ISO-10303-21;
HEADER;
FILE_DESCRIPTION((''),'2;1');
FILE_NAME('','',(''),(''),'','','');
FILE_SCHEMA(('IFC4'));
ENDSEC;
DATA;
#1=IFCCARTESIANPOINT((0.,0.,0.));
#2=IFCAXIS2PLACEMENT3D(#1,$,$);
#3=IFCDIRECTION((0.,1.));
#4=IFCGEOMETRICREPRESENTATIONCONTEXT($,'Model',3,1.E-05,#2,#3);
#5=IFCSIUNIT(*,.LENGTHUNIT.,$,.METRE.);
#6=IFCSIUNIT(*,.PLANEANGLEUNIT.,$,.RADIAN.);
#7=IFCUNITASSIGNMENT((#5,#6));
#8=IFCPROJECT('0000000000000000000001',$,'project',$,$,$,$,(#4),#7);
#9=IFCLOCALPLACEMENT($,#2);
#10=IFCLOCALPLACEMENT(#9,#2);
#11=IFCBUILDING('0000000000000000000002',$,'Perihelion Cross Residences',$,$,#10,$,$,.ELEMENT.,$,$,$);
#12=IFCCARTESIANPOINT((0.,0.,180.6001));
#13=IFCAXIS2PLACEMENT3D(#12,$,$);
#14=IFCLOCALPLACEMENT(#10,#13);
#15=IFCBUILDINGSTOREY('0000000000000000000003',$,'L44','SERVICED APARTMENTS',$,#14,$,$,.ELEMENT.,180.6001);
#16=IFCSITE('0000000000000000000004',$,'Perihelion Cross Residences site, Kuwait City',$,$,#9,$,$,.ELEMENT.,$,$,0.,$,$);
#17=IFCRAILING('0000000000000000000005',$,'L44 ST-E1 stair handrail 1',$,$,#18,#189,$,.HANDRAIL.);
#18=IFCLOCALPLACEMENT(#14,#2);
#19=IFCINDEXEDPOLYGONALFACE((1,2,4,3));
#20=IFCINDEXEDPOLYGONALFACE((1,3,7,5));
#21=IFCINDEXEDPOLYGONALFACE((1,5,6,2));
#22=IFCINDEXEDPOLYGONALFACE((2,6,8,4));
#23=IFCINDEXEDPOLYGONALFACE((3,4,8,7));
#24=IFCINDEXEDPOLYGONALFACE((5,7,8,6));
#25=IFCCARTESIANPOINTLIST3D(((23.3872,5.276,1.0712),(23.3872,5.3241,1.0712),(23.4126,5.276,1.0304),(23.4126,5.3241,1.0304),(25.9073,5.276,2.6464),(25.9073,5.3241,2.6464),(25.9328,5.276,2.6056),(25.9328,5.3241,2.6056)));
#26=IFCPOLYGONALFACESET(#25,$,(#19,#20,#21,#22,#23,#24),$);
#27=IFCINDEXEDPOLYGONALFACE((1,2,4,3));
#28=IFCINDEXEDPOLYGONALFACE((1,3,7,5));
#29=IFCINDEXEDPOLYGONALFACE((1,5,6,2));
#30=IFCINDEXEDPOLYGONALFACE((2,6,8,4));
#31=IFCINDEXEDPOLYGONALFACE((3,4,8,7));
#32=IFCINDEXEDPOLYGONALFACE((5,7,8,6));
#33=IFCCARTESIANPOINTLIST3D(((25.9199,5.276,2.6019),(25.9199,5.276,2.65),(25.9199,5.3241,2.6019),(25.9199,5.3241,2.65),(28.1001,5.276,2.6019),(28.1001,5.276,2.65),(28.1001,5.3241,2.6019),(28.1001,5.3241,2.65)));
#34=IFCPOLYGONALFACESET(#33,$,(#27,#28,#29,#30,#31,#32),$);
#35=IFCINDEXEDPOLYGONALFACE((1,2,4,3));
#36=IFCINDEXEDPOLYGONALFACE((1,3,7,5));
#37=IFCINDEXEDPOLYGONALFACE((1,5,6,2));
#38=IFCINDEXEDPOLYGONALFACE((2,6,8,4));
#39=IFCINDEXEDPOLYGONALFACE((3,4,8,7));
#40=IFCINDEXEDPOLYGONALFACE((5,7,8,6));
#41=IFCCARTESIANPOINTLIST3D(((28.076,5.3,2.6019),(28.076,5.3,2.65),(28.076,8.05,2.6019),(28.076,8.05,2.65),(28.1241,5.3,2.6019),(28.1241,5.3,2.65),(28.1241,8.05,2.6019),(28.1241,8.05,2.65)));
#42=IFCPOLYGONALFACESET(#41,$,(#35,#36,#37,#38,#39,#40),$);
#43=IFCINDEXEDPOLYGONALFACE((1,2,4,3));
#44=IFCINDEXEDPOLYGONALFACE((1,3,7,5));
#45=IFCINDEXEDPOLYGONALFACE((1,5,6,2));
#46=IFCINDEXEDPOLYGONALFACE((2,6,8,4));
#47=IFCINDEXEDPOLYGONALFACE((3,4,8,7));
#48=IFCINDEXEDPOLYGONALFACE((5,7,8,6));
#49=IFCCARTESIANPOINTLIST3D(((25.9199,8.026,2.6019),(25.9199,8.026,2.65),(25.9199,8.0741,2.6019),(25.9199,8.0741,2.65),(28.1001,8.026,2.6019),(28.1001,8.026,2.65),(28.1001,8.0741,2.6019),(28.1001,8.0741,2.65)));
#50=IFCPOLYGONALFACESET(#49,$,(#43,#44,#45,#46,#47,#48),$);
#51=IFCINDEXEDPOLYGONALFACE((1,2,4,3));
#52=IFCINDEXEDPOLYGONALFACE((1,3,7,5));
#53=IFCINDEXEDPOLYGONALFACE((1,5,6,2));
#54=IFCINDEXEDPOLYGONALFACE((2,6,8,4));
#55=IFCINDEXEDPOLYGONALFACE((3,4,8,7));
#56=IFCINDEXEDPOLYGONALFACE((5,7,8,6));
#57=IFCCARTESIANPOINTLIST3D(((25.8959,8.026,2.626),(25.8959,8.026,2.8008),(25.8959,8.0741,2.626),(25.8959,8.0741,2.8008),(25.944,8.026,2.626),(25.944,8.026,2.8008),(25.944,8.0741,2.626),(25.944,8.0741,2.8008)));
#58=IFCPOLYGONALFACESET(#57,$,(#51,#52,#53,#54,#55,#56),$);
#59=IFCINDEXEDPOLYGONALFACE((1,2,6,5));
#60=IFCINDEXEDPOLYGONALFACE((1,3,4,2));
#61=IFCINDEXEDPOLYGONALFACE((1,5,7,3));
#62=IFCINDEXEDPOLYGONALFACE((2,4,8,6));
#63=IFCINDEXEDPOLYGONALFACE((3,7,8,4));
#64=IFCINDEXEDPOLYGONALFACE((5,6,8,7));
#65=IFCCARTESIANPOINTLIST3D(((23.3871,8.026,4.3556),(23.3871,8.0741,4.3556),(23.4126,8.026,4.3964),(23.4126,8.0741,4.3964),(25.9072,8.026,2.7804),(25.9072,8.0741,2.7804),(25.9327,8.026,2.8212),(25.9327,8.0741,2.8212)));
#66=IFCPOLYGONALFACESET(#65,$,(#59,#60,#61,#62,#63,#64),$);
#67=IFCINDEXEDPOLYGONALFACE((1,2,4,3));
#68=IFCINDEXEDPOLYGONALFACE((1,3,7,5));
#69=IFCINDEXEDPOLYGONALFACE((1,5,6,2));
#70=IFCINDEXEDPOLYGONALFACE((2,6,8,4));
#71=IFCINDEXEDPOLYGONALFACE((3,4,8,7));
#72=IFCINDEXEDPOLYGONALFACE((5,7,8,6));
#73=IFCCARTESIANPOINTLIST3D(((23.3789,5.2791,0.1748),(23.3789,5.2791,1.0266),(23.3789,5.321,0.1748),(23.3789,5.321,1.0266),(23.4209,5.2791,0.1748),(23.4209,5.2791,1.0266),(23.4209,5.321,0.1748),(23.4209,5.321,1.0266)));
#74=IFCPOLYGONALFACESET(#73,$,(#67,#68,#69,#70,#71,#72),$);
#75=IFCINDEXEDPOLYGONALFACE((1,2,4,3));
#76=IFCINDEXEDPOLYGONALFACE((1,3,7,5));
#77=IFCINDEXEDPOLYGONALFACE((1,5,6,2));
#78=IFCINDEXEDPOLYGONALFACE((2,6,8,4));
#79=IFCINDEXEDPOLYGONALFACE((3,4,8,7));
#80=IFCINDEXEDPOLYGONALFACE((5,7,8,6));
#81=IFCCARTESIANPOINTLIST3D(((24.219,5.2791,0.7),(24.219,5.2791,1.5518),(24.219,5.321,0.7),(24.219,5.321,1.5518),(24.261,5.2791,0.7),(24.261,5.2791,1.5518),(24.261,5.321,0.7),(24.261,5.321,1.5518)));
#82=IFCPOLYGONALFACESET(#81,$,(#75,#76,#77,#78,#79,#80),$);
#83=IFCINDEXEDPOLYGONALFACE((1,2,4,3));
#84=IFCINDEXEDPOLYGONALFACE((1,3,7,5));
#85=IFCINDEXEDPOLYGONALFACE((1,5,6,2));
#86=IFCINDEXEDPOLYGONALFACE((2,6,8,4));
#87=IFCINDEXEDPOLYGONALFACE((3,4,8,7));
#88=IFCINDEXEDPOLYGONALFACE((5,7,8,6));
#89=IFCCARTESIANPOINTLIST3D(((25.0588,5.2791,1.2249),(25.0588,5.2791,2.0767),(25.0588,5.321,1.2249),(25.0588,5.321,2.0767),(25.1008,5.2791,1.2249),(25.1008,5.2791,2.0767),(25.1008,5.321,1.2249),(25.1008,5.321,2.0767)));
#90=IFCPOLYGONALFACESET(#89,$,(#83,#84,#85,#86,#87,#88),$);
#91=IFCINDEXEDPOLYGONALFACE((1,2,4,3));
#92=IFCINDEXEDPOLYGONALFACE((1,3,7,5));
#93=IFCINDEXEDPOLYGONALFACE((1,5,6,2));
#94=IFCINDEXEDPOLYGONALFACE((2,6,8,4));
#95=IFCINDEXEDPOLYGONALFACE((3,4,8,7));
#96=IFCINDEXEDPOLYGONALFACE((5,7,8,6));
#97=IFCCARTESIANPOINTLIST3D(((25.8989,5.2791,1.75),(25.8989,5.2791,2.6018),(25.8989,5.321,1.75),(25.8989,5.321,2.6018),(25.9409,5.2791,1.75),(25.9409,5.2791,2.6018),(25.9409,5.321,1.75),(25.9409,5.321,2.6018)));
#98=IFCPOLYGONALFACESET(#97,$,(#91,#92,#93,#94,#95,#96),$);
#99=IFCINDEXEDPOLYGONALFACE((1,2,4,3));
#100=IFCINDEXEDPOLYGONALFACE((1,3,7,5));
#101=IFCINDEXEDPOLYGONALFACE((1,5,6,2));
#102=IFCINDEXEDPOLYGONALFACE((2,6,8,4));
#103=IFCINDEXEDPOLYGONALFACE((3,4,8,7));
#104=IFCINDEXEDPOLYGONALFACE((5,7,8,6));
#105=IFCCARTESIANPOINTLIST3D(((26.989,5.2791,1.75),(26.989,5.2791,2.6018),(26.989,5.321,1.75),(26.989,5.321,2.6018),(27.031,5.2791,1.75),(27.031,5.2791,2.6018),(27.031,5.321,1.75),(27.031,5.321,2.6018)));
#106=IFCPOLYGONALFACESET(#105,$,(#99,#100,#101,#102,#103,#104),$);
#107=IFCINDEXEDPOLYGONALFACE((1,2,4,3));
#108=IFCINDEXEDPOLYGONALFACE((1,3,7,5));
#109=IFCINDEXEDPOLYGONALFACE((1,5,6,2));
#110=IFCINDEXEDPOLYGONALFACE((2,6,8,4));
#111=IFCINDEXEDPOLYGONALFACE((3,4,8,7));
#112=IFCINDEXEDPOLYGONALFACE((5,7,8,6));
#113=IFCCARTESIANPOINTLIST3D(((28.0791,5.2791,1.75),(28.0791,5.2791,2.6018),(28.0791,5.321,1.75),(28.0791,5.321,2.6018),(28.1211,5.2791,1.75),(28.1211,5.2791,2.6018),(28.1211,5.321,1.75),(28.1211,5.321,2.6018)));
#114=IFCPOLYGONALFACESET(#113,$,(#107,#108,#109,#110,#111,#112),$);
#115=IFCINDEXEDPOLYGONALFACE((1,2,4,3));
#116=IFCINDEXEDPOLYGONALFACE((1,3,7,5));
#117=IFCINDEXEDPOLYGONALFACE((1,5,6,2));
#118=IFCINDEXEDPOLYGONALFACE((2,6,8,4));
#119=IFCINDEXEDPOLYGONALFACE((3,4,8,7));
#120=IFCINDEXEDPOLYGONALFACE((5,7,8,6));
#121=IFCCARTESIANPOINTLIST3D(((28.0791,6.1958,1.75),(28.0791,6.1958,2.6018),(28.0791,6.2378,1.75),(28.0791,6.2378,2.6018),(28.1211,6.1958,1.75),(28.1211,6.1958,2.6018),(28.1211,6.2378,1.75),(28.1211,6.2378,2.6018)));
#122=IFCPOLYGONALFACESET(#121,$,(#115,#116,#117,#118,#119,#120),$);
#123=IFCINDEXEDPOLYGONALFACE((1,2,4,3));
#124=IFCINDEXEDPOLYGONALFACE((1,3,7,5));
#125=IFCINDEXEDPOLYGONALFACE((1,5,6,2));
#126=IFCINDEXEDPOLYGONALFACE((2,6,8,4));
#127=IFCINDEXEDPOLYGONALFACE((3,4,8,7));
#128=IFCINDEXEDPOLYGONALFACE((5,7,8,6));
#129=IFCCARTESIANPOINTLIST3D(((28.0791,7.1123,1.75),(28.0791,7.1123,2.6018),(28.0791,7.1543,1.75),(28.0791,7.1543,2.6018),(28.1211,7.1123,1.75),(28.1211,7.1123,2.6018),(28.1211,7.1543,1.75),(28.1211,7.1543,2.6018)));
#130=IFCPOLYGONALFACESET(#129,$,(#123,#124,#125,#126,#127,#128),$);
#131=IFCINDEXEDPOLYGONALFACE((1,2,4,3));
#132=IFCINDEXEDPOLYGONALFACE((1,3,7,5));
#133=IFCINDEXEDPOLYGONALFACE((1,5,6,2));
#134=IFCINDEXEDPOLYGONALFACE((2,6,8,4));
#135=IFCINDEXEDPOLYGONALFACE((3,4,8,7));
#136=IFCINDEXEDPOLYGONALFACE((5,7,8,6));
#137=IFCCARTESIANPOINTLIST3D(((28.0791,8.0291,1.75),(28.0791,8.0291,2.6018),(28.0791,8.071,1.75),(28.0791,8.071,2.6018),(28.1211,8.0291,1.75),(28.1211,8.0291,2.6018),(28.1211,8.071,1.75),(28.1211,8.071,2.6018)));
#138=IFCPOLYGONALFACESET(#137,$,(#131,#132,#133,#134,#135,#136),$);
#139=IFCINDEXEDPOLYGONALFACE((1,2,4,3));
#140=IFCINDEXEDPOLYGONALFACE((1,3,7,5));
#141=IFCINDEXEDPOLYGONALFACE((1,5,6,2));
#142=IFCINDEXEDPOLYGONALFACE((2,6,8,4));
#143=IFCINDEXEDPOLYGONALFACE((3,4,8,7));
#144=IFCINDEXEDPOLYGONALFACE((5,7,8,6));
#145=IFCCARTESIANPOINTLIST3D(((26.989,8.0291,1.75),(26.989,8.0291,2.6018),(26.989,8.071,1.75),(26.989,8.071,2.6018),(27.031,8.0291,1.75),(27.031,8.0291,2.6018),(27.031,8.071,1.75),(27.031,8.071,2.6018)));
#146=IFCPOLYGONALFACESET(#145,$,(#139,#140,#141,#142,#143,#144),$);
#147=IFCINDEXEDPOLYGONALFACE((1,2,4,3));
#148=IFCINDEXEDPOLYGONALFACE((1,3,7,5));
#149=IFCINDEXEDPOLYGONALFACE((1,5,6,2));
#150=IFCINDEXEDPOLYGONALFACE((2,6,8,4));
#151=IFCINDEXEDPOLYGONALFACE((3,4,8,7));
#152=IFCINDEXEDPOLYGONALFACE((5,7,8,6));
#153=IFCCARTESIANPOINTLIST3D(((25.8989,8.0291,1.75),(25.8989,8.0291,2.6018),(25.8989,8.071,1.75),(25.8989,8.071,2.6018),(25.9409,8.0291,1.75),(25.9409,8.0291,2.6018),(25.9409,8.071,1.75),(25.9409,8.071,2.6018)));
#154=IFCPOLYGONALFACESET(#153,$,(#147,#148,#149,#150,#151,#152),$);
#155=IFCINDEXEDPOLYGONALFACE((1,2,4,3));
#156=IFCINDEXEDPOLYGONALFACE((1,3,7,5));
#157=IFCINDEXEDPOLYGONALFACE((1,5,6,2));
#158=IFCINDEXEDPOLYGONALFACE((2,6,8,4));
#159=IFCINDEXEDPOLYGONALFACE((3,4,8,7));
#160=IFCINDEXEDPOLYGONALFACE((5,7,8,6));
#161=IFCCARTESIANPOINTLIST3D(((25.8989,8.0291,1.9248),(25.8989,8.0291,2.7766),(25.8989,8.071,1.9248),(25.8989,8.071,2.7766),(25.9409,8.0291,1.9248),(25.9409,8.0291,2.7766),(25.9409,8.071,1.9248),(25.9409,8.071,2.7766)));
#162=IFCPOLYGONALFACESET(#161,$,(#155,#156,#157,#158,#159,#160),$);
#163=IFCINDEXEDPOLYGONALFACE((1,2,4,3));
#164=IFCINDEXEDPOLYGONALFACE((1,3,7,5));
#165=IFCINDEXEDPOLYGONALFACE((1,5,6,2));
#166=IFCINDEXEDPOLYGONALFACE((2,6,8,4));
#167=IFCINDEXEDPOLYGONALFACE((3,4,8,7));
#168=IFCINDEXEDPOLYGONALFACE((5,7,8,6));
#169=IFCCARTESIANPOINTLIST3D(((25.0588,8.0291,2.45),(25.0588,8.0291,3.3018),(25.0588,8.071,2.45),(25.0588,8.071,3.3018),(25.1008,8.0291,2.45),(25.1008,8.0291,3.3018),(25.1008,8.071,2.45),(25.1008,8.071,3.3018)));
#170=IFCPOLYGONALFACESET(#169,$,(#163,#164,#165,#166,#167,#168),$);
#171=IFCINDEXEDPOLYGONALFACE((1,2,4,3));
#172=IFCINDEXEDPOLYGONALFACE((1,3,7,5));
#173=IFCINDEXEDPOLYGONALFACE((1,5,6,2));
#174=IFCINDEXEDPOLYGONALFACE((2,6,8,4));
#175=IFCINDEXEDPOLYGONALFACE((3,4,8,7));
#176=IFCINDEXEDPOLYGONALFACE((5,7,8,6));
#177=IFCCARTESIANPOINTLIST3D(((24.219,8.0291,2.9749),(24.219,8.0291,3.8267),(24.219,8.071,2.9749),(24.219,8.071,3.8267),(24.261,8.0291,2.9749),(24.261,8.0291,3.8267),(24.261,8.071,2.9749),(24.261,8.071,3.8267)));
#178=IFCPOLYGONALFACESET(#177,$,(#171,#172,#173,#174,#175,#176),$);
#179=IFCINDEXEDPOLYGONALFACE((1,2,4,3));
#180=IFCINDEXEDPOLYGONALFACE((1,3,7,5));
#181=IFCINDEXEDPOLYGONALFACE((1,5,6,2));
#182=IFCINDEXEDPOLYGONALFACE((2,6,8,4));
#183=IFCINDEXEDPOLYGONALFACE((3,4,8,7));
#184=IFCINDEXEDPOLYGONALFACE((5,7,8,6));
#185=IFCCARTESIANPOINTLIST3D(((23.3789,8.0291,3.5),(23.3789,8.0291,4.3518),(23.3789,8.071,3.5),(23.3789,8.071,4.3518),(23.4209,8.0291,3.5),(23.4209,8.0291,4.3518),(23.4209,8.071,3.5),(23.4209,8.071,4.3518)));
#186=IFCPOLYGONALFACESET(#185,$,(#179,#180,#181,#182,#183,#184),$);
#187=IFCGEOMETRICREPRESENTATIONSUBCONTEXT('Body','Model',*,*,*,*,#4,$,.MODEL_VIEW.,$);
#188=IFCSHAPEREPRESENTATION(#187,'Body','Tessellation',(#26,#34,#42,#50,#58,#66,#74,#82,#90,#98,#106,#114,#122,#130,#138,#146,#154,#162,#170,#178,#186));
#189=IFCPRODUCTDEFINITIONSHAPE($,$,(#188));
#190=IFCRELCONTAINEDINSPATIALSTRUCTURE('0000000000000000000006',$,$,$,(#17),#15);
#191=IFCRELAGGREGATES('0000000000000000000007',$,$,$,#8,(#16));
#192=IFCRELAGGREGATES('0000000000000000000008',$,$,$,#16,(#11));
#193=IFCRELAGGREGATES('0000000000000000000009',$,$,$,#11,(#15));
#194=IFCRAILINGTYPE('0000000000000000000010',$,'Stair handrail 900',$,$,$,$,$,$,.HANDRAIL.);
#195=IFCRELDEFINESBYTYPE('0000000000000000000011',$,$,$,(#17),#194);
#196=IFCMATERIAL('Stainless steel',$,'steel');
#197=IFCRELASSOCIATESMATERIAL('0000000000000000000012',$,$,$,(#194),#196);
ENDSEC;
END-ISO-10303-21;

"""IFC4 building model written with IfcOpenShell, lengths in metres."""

from ifc_helpers import new_model, si_unit, direction, frame, origin, origin_2d, place, context, subcontext, project, spatial, rectangle, extrude, material, type_object, element, save


model = new_model("IFC4")

# Units and contexts
model_context = context("Model", 3, precision=1e-05, world=origin(), true_north=direction((0.0, 1.0)))
body_context = subcontext(model_context, "Body", "Model", "MODEL_VIEW")
ifc_project = project(units=[si_unit("LENGTHUNIT", "METRE"), si_unit("PLANEANGLEUNIT", "RADIAN")], contexts=[model_context])

# Site, building, storey
site_placement = place(None, origin())
site = spatial("IfcSite", under=ifc_project, at=site_placement, Name="Perihelion Cross Residences site, Kuwait City", CompositionType="ELEMENT", RefElevation=0.0)
building_placement = place(site_placement, origin())
building = spatial("IfcBuilding", under=site, at=building_placement, Name="Perihelion Cross Residences", CompositionType="ELEMENT")
storey_placement = place(building_placement, frame((0.0, 0.0, 180.6001)))
storey = spatial("IfcBuildingStorey", under=building, at=storey_placement, Name="L44", Description="SERVICED APARTMENTS", CompositionType="ELEMENT", Elevation=180.6001)

# Railing
ifc_material_1 = material(Name="Stainless steel", Category="steel")
railing_type_1 = type_object("IfcRailingType", Name="Stair handrail 900", PredefinedType="HANDRAIL", material=ifc_material_1)
railing_1_placement = place(storey_placement, frame((23.3999, 5.3, 0.1748)))
element("IfcRailing", 1, at=railing_1_placement, inside=storey, type_object=railing_type_1, Name="L44 ST-E1 stair handrail 1", PredefinedType="HANDRAIL", context=body_context, shape_type="SweptSolid", body=[
    extrude(rectangle(XDim=0.0481, YDim=0.0481, at=origin_2d()), frame((0.0, 0.0, 0.876), z_axis=(0.847971, 0.0, 0.530043), x_axis=(0.0, 1.0, 0.0)), (0.0, 0.0, 1.0), 2.9719),
    extrude(rectangle(XDim=0.0481, YDim=0.0481, at=origin_2d()), frame((2.52, 0.0, 2.4512), z_axis=(1.0, 0.0, 0.0), x_axis=(0.0, 1.0, 0.0)), (0.0, 0.0, 1.0), 2.1802),
    extrude(rectangle(XDim=0.0481, YDim=0.0481, at=origin_2d()), frame((4.7002, 0.0, 2.4512), z_axis=(0.0, 1.0, 0.0), x_axis=(-1.0, 0.0, 0.0)), (0.0, 0.0, 1.0), 2.75),
    extrude(rectangle(XDim=0.0481, YDim=0.0481, at=origin_2d()), frame((4.7002, 2.75, 2.4512), z_axis=(-1.0, 0.0, 0.0), x_axis=(0.0, -1.0, 0.0)), (0.0, 0.0, 1.0), 2.1802),
    extrude(rectangle(XDim=0.0481, YDim=0.0481, at=origin_2d()), frame((2.52, 2.75, 2.4512), z_axis=(0.0, 0.0, 1.0), x_axis=(1.0, 0.0, 0.0)), (0.0, 0.0, 1.0), 0.1748),
    extrude(rectangle(XDim=0.0481, YDim=0.0481, at=origin_2d()), frame((2.52, 2.75, 2.626), z_axis=(-0.847971, 0.0, 0.530043), x_axis=(0.0, -1.0, 0.0)), (0.0, 0.0, 1.0), 2.9719),
    extrude(rectangle(XDim=0.042, YDim=0.042, at=origin_2d()), origin(), (0.0, 0.0, 1.0), 0.8518),
    extrude(rectangle(XDim=0.042, YDim=0.042, at=origin_2d()), frame((0.8401, 0.0, 0.5251)), (0.0, 0.0, 1.0), 0.8518),
    extrude(rectangle(XDim=0.042, YDim=0.042, at=origin_2d()), frame((1.6799, 0.0, 1.05)), (0.0, 0.0, 1.0), 0.8518),
    extrude(rectangle(XDim=0.042, YDim=0.042, at=origin_2d()), frame((2.52, 0.0, 1.5752)), (0.0, 0.0, 1.0), 0.8518),
    extrude(rectangle(XDim=0.042, YDim=0.042, at=origin_2d()), frame((3.6101, 0.0, 1.5752)), (0.0, 0.0, 1.0), 0.8518),
    extrude(rectangle(XDim=0.042, YDim=0.042, at=origin_2d()), frame((4.7002, 0.0, 1.5752)), (0.0, 0.0, 1.0), 0.8518),
    extrude(rectangle(XDim=0.042, YDim=0.042, at=origin_2d()), frame((4.7002, 0.9167, 1.5752)), (0.0, 0.0, 1.0), 0.8518),
    extrude(rectangle(XDim=0.042, YDim=0.042, at=origin_2d()), frame((4.7002, 1.8333, 1.5752)), (0.0, 0.0, 1.0), 0.8518),
    extrude(rectangle(XDim=0.042, YDim=0.042, at=origin_2d()), frame((4.7002, 2.75, 1.5752)), (0.0, 0.0, 1.0), 0.8518),
    extrude(rectangle(XDim=0.042, YDim=0.042, at=origin_2d()), frame((3.6101, 2.75, 1.5752)), (0.0, 0.0, 1.0), 0.8518),
    extrude(rectangle(XDim=0.042, YDim=0.042, at=origin_2d()), frame((2.52, 2.75, 1.5752)), (0.0, 0.0, 1.0), 0.8518),
    extrude(rectangle(XDim=0.042, YDim=0.042, at=origin_2d()), frame((2.52, 2.75, 1.75)), (0.0, 0.0, 1.0), 0.8518),
    extrude(rectangle(XDim=0.042, YDim=0.042, at=origin_2d()), frame((1.6799, 2.75, 2.2751)), (0.0, 0.0, 1.0), 0.8518),
    extrude(rectangle(XDim=0.042, YDim=0.042, at=origin_2d()), frame((0.8401, 2.75, 2.8)), (0.0, 0.0, 1.0), 0.8518),
    extrude(rectangle(XDim=0.042, YDim=0.042, at=origin_2d()), frame((0.0, 2.75, 3.3252)), (0.0, 0.0, 1.0), 0.8518),
])

save(model, "model.ifc")
